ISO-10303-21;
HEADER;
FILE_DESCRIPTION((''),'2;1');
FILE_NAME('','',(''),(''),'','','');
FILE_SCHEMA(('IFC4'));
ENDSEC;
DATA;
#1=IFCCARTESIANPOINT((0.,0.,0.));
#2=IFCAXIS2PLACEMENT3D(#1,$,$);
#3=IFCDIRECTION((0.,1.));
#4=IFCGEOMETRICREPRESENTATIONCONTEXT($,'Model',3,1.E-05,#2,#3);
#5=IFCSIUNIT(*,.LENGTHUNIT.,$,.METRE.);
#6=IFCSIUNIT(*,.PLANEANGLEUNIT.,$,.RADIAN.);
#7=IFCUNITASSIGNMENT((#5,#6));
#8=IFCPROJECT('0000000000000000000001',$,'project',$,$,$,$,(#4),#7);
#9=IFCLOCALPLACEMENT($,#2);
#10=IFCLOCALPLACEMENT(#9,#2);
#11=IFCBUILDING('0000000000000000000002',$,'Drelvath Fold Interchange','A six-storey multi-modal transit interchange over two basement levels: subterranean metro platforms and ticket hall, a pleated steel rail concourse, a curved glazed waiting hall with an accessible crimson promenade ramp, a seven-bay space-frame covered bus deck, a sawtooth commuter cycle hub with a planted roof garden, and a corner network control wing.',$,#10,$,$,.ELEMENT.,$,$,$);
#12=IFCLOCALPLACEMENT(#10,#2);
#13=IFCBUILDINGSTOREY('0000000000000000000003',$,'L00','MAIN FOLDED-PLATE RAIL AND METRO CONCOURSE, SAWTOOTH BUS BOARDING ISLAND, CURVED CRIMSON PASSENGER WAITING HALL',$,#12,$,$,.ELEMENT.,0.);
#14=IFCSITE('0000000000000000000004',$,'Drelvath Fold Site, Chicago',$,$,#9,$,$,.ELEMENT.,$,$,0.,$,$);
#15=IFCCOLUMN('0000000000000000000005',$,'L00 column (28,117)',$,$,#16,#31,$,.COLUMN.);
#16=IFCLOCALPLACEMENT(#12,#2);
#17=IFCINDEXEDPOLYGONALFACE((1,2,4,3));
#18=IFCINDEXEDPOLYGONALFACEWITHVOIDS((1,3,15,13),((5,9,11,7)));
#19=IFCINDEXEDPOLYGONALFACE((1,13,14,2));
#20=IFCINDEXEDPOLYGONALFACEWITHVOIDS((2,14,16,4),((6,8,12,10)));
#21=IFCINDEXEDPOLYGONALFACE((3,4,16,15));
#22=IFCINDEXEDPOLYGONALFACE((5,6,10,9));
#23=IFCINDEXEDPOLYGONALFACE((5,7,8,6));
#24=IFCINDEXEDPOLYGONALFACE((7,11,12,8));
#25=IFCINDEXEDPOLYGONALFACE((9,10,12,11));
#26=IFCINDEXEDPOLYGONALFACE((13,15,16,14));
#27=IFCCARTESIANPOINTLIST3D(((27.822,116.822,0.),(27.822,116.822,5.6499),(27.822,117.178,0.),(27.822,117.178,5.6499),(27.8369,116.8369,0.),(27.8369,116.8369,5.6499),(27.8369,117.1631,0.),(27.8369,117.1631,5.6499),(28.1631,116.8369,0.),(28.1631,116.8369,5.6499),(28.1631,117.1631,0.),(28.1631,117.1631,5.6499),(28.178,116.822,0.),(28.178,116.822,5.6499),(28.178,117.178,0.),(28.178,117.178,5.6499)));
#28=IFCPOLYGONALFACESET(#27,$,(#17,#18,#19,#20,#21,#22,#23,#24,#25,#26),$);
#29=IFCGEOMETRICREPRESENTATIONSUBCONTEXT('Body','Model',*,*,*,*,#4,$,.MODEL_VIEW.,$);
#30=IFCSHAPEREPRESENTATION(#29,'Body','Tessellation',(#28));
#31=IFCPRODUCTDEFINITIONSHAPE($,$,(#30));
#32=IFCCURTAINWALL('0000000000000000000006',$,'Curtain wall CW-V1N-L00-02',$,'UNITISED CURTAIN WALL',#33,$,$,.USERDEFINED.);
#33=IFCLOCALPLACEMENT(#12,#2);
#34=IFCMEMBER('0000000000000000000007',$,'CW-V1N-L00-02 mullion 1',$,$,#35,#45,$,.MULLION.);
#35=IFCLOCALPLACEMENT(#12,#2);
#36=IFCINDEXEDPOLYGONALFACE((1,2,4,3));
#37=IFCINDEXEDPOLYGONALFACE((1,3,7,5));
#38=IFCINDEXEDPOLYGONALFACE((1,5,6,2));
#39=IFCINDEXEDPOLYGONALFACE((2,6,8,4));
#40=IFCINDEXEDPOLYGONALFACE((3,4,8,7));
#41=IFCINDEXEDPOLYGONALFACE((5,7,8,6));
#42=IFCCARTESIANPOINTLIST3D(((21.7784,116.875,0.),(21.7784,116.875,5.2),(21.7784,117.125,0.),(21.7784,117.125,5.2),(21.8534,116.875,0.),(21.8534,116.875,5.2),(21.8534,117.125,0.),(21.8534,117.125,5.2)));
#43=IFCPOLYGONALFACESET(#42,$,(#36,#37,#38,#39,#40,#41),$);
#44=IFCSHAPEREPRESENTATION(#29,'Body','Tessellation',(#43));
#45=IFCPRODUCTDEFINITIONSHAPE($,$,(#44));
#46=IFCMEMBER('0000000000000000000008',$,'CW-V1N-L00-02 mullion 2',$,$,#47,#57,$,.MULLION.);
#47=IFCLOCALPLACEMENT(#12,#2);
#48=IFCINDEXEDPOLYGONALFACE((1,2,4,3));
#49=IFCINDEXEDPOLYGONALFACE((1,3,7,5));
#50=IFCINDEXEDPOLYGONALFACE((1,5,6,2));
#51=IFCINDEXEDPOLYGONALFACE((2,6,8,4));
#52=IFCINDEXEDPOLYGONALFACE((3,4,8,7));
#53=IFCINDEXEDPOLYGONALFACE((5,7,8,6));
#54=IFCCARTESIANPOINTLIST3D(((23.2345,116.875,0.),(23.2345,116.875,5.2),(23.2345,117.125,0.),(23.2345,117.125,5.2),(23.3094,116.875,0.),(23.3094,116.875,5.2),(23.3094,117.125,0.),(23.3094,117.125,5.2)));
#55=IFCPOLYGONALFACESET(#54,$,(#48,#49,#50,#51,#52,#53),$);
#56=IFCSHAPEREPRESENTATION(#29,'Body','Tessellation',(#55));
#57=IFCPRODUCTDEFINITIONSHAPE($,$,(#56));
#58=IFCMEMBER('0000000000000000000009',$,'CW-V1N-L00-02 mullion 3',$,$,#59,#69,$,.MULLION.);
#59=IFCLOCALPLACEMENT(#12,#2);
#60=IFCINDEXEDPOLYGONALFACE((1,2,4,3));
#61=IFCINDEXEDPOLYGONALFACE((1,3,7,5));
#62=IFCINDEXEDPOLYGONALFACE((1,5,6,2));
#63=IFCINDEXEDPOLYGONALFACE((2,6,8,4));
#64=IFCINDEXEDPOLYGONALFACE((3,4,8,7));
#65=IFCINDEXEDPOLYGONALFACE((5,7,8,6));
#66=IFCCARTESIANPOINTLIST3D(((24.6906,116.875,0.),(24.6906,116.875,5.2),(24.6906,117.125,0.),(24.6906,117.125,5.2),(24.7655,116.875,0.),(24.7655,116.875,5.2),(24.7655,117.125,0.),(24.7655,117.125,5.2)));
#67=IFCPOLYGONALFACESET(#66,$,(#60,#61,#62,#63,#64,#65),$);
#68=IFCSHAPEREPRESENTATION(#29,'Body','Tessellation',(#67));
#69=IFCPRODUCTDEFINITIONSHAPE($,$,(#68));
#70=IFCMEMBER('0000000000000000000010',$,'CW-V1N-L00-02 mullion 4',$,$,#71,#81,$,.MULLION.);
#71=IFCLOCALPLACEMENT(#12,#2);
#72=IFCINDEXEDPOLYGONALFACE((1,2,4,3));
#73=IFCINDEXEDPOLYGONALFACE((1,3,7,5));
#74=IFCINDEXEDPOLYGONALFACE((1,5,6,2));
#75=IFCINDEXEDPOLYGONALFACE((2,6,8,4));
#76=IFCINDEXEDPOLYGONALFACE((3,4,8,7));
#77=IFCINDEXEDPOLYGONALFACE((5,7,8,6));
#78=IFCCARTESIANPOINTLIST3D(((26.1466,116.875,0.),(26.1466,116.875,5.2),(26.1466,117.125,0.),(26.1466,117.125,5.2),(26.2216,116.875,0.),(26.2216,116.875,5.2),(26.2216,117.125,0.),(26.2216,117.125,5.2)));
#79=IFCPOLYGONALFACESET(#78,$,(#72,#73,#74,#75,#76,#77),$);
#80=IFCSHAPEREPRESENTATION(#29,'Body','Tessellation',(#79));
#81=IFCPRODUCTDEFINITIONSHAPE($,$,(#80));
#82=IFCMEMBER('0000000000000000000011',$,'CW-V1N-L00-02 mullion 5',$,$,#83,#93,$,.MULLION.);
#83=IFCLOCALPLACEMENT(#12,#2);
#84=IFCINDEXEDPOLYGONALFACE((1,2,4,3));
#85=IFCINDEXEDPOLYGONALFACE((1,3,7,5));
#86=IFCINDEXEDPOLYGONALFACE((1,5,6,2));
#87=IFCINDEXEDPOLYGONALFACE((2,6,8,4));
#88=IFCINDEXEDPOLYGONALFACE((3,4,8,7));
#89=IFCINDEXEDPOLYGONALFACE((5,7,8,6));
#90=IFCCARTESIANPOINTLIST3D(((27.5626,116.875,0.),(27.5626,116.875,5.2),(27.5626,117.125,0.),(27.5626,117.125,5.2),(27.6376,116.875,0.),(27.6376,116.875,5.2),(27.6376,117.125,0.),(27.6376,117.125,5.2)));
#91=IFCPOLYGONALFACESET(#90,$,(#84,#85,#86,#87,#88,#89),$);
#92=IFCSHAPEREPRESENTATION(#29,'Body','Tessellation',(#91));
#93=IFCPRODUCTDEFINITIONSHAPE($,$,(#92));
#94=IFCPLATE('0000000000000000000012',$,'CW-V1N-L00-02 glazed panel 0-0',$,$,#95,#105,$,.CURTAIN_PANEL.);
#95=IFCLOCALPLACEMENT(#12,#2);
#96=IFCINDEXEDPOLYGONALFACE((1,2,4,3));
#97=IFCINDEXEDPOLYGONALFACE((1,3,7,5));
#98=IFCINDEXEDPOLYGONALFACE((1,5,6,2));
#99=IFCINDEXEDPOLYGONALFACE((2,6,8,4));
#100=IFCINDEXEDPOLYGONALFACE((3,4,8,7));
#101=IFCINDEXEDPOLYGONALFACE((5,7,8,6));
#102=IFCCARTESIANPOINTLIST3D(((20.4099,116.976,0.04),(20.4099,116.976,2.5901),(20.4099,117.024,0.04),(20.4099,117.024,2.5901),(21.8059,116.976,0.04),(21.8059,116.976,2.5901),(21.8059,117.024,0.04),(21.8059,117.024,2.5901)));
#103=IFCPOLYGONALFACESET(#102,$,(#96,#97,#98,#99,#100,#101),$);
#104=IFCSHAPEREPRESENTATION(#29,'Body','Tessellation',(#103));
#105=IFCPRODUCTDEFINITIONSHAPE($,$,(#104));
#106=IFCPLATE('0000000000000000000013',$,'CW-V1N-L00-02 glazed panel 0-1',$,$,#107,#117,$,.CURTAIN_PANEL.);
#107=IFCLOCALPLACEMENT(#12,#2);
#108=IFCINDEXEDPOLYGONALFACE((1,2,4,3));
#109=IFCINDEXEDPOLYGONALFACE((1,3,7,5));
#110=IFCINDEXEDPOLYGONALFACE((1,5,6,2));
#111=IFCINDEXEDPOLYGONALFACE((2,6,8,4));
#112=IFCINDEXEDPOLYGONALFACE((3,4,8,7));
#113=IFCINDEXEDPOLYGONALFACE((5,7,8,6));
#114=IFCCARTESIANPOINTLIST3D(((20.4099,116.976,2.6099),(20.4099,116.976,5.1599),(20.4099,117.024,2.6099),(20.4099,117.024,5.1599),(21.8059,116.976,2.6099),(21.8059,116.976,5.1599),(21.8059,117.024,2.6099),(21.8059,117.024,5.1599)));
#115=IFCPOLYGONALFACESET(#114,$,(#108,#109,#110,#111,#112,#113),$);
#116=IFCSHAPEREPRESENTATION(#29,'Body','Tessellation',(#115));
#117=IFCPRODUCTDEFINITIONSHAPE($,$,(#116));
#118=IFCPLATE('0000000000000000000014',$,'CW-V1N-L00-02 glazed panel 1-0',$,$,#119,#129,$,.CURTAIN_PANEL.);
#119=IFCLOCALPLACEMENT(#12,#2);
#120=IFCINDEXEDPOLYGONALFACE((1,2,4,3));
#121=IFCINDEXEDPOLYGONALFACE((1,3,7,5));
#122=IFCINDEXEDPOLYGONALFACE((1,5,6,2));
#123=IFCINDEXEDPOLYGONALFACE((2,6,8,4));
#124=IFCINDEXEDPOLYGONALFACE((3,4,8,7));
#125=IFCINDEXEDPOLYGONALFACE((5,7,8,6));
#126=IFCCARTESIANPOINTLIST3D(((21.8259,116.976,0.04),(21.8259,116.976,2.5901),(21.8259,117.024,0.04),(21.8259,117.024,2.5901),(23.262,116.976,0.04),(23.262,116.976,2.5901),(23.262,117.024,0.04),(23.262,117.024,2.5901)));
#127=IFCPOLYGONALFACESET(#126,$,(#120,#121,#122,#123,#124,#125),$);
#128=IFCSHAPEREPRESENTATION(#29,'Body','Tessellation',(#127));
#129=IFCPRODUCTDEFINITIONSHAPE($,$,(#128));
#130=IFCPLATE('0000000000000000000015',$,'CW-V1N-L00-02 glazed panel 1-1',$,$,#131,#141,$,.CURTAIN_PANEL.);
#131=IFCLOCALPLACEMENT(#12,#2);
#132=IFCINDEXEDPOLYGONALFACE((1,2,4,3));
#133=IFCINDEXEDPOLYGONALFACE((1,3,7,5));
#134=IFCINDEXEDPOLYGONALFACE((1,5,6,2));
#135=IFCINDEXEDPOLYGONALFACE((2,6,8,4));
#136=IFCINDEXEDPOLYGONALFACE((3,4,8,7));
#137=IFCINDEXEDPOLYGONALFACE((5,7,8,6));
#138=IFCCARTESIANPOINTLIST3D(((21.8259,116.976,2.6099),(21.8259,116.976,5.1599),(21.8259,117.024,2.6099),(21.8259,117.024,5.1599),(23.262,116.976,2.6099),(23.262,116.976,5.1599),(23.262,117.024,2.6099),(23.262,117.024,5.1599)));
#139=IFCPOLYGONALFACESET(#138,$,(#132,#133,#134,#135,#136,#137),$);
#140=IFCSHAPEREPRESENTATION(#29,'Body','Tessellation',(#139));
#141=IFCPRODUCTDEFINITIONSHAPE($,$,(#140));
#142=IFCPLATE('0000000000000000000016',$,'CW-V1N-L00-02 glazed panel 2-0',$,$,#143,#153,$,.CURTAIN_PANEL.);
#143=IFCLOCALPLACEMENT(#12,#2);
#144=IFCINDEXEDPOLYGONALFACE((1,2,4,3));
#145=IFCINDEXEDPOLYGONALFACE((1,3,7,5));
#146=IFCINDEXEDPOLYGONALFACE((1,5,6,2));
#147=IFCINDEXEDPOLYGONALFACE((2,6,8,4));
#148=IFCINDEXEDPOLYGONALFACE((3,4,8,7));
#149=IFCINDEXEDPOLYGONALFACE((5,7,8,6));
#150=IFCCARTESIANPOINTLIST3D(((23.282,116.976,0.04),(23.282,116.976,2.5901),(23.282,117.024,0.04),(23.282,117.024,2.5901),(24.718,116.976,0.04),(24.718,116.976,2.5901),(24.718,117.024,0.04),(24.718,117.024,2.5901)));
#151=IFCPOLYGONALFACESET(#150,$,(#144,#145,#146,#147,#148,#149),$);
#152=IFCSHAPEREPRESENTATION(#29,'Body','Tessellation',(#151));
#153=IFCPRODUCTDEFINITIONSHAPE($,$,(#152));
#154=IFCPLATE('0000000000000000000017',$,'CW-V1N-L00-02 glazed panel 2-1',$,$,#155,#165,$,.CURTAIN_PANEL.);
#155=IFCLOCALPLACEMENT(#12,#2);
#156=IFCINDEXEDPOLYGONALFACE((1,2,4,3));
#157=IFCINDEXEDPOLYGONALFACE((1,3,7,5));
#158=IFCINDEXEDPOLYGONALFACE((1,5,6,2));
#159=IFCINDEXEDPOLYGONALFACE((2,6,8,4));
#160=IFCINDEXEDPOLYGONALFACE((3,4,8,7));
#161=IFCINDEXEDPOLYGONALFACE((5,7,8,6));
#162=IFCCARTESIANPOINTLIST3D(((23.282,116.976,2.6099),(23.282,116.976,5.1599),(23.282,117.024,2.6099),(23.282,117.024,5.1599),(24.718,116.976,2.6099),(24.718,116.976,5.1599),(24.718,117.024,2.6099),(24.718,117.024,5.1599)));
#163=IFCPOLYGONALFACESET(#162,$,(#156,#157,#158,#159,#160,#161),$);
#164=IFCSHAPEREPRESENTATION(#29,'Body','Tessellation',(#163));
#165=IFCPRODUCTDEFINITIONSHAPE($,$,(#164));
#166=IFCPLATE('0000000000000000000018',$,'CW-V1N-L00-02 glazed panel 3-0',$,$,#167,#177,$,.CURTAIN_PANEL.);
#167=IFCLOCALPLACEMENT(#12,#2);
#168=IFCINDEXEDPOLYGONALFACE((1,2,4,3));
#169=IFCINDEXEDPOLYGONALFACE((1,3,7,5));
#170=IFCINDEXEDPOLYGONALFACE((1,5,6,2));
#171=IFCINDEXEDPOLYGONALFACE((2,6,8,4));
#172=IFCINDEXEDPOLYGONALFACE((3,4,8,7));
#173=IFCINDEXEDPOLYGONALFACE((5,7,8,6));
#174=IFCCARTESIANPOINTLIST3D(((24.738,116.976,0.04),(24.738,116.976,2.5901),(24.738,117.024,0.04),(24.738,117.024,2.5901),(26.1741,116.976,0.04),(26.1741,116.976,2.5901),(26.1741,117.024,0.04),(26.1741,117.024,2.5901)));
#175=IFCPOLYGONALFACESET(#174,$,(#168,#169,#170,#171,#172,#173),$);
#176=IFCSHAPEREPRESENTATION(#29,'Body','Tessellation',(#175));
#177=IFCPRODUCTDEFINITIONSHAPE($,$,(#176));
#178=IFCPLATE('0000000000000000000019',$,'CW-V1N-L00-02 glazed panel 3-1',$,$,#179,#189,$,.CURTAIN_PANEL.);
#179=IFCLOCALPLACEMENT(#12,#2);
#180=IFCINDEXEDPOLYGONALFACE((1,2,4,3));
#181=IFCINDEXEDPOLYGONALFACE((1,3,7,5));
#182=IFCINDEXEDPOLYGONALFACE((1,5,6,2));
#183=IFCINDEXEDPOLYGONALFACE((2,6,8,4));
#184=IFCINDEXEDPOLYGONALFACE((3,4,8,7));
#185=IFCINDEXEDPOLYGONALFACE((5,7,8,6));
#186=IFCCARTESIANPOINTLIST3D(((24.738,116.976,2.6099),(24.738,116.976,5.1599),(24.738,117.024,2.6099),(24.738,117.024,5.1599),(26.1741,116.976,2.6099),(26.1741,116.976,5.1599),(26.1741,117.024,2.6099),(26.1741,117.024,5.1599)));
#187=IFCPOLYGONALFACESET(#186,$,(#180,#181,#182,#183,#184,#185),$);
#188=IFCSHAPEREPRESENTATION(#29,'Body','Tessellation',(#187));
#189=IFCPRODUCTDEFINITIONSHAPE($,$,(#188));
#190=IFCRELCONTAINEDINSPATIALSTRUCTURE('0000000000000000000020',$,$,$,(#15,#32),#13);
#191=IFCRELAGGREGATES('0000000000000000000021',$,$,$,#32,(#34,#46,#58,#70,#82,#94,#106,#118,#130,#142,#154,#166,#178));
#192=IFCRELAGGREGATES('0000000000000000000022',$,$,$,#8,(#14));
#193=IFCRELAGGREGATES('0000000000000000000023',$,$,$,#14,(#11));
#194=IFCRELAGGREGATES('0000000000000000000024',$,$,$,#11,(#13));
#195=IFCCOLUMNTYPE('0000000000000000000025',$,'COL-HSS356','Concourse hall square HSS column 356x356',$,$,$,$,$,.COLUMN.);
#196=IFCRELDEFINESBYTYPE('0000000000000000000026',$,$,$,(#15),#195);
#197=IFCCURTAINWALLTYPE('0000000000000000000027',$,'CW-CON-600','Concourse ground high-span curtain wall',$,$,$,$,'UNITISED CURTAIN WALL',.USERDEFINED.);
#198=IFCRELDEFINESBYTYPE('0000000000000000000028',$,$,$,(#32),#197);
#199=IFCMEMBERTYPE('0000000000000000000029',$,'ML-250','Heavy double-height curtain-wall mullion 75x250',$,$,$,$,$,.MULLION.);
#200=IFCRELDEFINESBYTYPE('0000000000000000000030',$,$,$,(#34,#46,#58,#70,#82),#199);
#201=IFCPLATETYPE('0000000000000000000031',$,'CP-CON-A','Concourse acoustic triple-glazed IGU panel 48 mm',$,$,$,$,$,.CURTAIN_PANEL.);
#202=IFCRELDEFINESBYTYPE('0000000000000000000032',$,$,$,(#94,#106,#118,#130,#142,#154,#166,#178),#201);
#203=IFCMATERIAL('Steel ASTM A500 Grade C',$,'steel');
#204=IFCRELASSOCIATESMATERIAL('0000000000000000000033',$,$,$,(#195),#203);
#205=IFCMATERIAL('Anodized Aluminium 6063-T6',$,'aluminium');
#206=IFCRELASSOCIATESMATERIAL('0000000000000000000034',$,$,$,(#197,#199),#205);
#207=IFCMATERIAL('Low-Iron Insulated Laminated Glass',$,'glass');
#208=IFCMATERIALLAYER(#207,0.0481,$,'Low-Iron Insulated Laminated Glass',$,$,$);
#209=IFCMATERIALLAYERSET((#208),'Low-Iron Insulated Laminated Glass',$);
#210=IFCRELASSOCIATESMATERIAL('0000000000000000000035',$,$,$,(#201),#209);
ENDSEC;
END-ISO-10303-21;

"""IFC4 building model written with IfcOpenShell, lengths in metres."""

from ifc_helpers import new_model, si_unit, direction, frame, origin, origin_2d, place, context, subcontext, project, spatial, rectangle, hollow_rectangle, extrude, material, layer, layer_set, material_profile, profile_set, type_object, element, aggregate, save


model = new_model("IFC4")

# Units and contexts
model_context = context("Model", 3, precision=1e-05, world=origin(), true_north=direction((0.0, 1.0)))
body_context = subcontext(model_context, "Body", "Model", "MODEL_VIEW")
ifc_project = project(units=[si_unit("LENGTHUNIT", "METRE"), si_unit("PLANEANGLEUNIT", "RADIAN")], contexts=[model_context])

# Site, building, storey
site_placement = place(None, origin())
site = spatial("IfcSite", under=ifc_project, at=site_placement, Name="Drelvath Fold Site, Chicago", CompositionType="ELEMENT", RefElevation=0.0)
building_placement = place(site_placement, origin())
building = spatial("IfcBuilding", under=site, at=building_placement, Name="Drelvath Fold Interchange", Description="A six-storey multi-modal transit interchange over two basement levels: subterranean metro platforms and ticket hall, a pleated steel rail concourse, a curved glazed waiting hall with an accessible crimson promenade ramp, a seven-bay space-frame covered bus deck, a sawtooth commuter cycle hub with a planted roof garden, and a corner network control wing.", CompositionType="ELEMENT")
storey_placement = place(building_placement, origin())
storey = spatial("IfcBuildingStorey", under=building, at=storey_placement, Name="L00", Description="MAIN FOLDED-PLATE RAIL AND METRO CONCOURSE, SAWTOOTH BUS BOARDING ISLAND, CURVED CRIMSON PASSENGER WAITING HALL", CompositionType="ELEMENT", Elevation=0.0)

# Column
ifc_material_1 = material(Name="Steel ASTM A500 Grade C", Category="steel")
ifc_material_profile_1 = material_profile(ifc_material_1, hollow_rectangle(XDim=0.356, YDim=0.356, WallThickness=0.0149, at=origin_2d()), Name="HSS14X14X5/8")
ifc_profile_set_1 = profile_set([ifc_material_profile_1], Name="Steel ASTM A500 Grade C")
column_type = type_object("IfcColumnType", Name="COL-HSS356", Description="Concourse hall square HSS column 356x356", PredefinedType="COLUMN", material=ifc_profile_set_1)
column_placement = place(storey_placement, frame((28.0, 117.0, 0.0), z_axis=(0.0, 0.0, 1.0), x_axis=(1.0, 0.0, 0.0)))
element("IfcColumn", 1, at=column_placement, inside=storey, type_object=column_type, Name="L00 column (28,117)", PredefinedType="COLUMN", context=body_context, shape_type="SweptSolid", body=[
    extrude(hollow_rectangle(XDim=0.356, YDim=0.356, WallThickness=0.0149, at=origin_2d()), origin(), (0.0, 0.0, 1.0), 5.6499),
])

# Curtain wall, members, plates
ifc_material_2 = material(Name="Anodized Aluminium 6063-T6", Category="aluminium")
curtain_wall_type = type_object("IfcCurtainWallType", Name="CW-CON-600", Description="Concourse ground high-span curtain wall", ElementType="UNITISED CURTAIN WALL", PredefinedType="USERDEFINED", material=ifc_material_2)
curtain_wall_placement = place(storey_placement, origin())
curtain_wall = element("IfcCurtainWall", 2, at=curtain_wall_placement, inside=storey, type_object=curtain_wall_type, Name="Curtain wall CW-V1N-L00-02", ObjectType="UNITISED CURTAIN WALL", PredefinedType="USERDEFINED")
ifc_material_profile_2 = material_profile(ifc_material_2, rectangle(XDim=0.075, YDim=0.25, at=origin_2d()), Name="AL-M 75x250")
ifc_profile_set_2 = profile_set([ifc_material_profile_2], Name="Anodized Aluminium 6063-T6")
member_type = type_object("IfcMemberType", Name="ML-250", Description="Heavy double-height curtain-wall mullion 75x250", PredefinedType="MULLION", material=ifc_profile_set_2)
member_1_placement = place(storey_placement, frame((21.8159, 117.0, 0.0), z_axis=(0.0, 0.0, 1.0), x_axis=(1.0, 0.0, 0.0)))
member_1 = element("IfcMember", 3, at=member_1_placement, type_object=member_type, Name="CW-V1N-L00-02 mullion 1", PredefinedType="MULLION", context=body_context, shape_type="SweptSolid", body=[
    extrude(rectangle(XDim=0.075, YDim=0.25, at=origin_2d()), origin(), (0.0, 0.0, 1.0), 5.2),
])
member_2_placement = place(storey_placement, frame((23.272, 117.0, 0.0), z_axis=(0.0, 0.0, 1.0), x_axis=(1.0, 0.0, 0.0)))
member_2 = element("IfcMember", 4, at=member_2_placement, type_object=member_type, Name="CW-V1N-L00-02 mullion 2", PredefinedType="MULLION", context=body_context, shape_type="SweptSolid", body=[
    extrude(rectangle(XDim=0.075, YDim=0.25, at=origin_2d()), origin(), (0.0, 0.0, 1.0), 5.2),
])
member_3_placement = place(storey_placement, frame((24.728, 117.0, 0.0), z_axis=(0.0, 0.0, 1.0), x_axis=(1.0, 0.0, 0.0)))
member_3 = element("IfcMember", 5, at=member_3_placement, type_object=member_type, Name="CW-V1N-L00-02 mullion 3", PredefinedType="MULLION", context=body_context, shape_type="SweptSolid", body=[
    extrude(rectangle(XDim=0.075, YDim=0.25, at=origin_2d()), origin(), (0.0, 0.0, 1.0), 5.2),
])
member_4_placement = place(storey_placement, frame((26.1841, 117.0, 0.0), z_axis=(0.0, 0.0, 1.0), x_axis=(1.0, 0.0, 0.0)))
member_4 = element("IfcMember", 6, at=member_4_placement, type_object=member_type, Name="CW-V1N-L00-02 mullion 4", PredefinedType="MULLION", context=body_context, shape_type="SweptSolid", body=[
    extrude(rectangle(XDim=0.075, YDim=0.25, at=origin_2d()), origin(), (0.0, 0.0, 1.0), 5.2),
])
member_5_placement = place(storey_placement, frame((27.6001, 117.0, 0.0), z_axis=(0.0, 0.0, 1.0), x_axis=(1.0, 0.0, 0.0)))
member_5 = element("IfcMember", 7, at=member_5_placement, type_object=member_type, Name="CW-V1N-L00-02 mullion 5", PredefinedType="MULLION", context=body_context, shape_type="SweptSolid", body=[
    extrude(rectangle(XDim=0.075, YDim=0.25, at=origin_2d()), origin(), (0.0, 0.0, 1.0), 5.2),
])
ifc_material_3 = material(Name="Low-Iron Insulated Laminated Glass", Category="glass")
ifc_layer_1 = layer(ifc_material_3, 0.0481, Name="Low-Iron Insulated Laminated Glass")
ifc_layer_set_1 = layer_set([ifc_layer_1], Name="Low-Iron Insulated Laminated Glass")
plate_type = type_object("IfcPlateType", Name="CP-CON-A", Description="Concourse acoustic triple-glazed IGU panel 48 mm", PredefinedType="CURTAIN_PANEL", material=ifc_layer_set_1)
plate_1_placement = place(storey_placement, frame((21.1079, 117.0, 0.04), z_axis=(0.0, 0.0, 1.0), x_axis=(1.0, 0.0, 0.0)))
plate_1 = element("IfcPlate", 8, at=plate_1_placement, type_object=plate_type, Name="CW-V1N-L00-02 glazed panel 0-0", PredefinedType="CURTAIN_PANEL", context=body_context, shape_type="SweptSolid", body=[
    extrude(rectangle(XDim=1.396, YDim=0.0481, at=origin_2d()), origin(), (0.0, 0.0, 1.0), 2.55),
])
plate_2_placement = place(storey_placement, frame((21.1079, 117.0, 2.6099), z_axis=(0.0, 0.0, 1.0), x_axis=(1.0, 0.0, 0.0)))
plate_2 = element("IfcPlate", 9, at=plate_2_placement, type_object=plate_type, Name="CW-V1N-L00-02 glazed panel 0-1", PredefinedType="CURTAIN_PANEL", context=body_context, shape_type="SweptSolid", body=[
    extrude(rectangle(XDim=1.396, YDim=0.0481, at=origin_2d()), origin(), (0.0, 0.0, 1.0), 2.55),
])
plate_3_placement = place(storey_placement, frame((22.5439, 117.0, 0.04), z_axis=(0.0, 0.0, 1.0), x_axis=(1.0, 0.0, 0.0)))
plate_3 = element("IfcPlate", 10, at=plate_3_placement, type_object=plate_type, Name="CW-V1N-L00-02 glazed panel 1-0", PredefinedType="CURTAIN_PANEL", context=body_context, shape_type="SweptSolid", body=[
    extrude(rectangle(XDim=1.436, YDim=0.0481, at=origin_2d()), origin(), (0.0, 0.0, 1.0), 2.55),
])
plate_4_placement = place(storey_placement, frame((22.5439, 117.0, 2.6099), z_axis=(0.0, 0.0, 1.0), x_axis=(1.0, 0.0, 0.0)))
plate_4 = element("IfcPlate", 11, at=plate_4_placement, type_object=plate_type, Name="CW-V1N-L00-02 glazed panel 1-1", PredefinedType="CURTAIN_PANEL", context=body_context, shape_type="SweptSolid", body=[
    extrude(rectangle(XDim=1.436, YDim=0.0481, at=origin_2d()), origin(), (0.0, 0.0, 1.0), 2.55),
])
plate_5_placement = place(storey_placement, frame((24.0, 117.0, 0.04), z_axis=(0.0, 0.0, 1.0), x_axis=(1.0, 0.0, 0.0)))
plate_5 = element("IfcPlate", 12, at=plate_5_placement, type_object=plate_type, Name="CW-V1N-L00-02 glazed panel 2-0", PredefinedType="CURTAIN_PANEL", context=body_context, shape_type="SweptSolid", body=[
    extrude(rectangle(XDim=1.436, YDim=0.0481, at=origin_2d()), origin(), (0.0, 0.0, 1.0), 2.55),
])
plate_6_placement = place(storey_placement, frame((24.0, 117.0, 2.6099), z_axis=(0.0, 0.0, 1.0), x_axis=(1.0, 0.0, 0.0)))
plate_6 = element("IfcPlate", 13, at=plate_6_placement, type_object=plate_type, Name="CW-V1N-L00-02 glazed panel 2-1", PredefinedType="CURTAIN_PANEL", context=body_context, shape_type="SweptSolid", body=[
    extrude(rectangle(XDim=1.436, YDim=0.0481, at=origin_2d()), origin(), (0.0, 0.0, 1.0), 2.55),
])
plate_7_placement = place(storey_placement, frame((25.4561, 117.0, 0.04), z_axis=(0.0, 0.0, 1.0), x_axis=(1.0, 0.0, 0.0)))
plate_7 = element("IfcPlate", 14, at=plate_7_placement, type_object=plate_type, Name="CW-V1N-L00-02 glazed panel 3-0", PredefinedType="CURTAIN_PANEL", context=body_context, shape_type="SweptSolid", body=[
    extrude(rectangle(XDim=1.436, YDim=0.0481, at=origin_2d()), origin(), (0.0, 0.0, 1.0), 2.55),
])
plate_8_placement = place(storey_placement, frame((25.4561, 117.0, 2.6099), z_axis=(0.0, 0.0, 1.0), x_axis=(1.0, 0.0, 0.0)))
plate_8 = element("IfcPlate", 15, at=plate_8_placement, type_object=plate_type, Name="CW-V1N-L00-02 glazed panel 3-1", PredefinedType="CURTAIN_PANEL", context=body_context, shape_type="SweptSolid", body=[
    extrude(rectangle(XDim=1.436, YDim=0.0481, at=origin_2d()), origin(), (0.0, 0.0, 1.0), 2.55),
])
aggregate(curtain_wall, [member_1, member_2, member_3, member_4, member_5, plate_1, plate_2, plate_3, plate_4, plate_5, plate_6, plate_7, plate_8])

save(model, "model.ifc")
